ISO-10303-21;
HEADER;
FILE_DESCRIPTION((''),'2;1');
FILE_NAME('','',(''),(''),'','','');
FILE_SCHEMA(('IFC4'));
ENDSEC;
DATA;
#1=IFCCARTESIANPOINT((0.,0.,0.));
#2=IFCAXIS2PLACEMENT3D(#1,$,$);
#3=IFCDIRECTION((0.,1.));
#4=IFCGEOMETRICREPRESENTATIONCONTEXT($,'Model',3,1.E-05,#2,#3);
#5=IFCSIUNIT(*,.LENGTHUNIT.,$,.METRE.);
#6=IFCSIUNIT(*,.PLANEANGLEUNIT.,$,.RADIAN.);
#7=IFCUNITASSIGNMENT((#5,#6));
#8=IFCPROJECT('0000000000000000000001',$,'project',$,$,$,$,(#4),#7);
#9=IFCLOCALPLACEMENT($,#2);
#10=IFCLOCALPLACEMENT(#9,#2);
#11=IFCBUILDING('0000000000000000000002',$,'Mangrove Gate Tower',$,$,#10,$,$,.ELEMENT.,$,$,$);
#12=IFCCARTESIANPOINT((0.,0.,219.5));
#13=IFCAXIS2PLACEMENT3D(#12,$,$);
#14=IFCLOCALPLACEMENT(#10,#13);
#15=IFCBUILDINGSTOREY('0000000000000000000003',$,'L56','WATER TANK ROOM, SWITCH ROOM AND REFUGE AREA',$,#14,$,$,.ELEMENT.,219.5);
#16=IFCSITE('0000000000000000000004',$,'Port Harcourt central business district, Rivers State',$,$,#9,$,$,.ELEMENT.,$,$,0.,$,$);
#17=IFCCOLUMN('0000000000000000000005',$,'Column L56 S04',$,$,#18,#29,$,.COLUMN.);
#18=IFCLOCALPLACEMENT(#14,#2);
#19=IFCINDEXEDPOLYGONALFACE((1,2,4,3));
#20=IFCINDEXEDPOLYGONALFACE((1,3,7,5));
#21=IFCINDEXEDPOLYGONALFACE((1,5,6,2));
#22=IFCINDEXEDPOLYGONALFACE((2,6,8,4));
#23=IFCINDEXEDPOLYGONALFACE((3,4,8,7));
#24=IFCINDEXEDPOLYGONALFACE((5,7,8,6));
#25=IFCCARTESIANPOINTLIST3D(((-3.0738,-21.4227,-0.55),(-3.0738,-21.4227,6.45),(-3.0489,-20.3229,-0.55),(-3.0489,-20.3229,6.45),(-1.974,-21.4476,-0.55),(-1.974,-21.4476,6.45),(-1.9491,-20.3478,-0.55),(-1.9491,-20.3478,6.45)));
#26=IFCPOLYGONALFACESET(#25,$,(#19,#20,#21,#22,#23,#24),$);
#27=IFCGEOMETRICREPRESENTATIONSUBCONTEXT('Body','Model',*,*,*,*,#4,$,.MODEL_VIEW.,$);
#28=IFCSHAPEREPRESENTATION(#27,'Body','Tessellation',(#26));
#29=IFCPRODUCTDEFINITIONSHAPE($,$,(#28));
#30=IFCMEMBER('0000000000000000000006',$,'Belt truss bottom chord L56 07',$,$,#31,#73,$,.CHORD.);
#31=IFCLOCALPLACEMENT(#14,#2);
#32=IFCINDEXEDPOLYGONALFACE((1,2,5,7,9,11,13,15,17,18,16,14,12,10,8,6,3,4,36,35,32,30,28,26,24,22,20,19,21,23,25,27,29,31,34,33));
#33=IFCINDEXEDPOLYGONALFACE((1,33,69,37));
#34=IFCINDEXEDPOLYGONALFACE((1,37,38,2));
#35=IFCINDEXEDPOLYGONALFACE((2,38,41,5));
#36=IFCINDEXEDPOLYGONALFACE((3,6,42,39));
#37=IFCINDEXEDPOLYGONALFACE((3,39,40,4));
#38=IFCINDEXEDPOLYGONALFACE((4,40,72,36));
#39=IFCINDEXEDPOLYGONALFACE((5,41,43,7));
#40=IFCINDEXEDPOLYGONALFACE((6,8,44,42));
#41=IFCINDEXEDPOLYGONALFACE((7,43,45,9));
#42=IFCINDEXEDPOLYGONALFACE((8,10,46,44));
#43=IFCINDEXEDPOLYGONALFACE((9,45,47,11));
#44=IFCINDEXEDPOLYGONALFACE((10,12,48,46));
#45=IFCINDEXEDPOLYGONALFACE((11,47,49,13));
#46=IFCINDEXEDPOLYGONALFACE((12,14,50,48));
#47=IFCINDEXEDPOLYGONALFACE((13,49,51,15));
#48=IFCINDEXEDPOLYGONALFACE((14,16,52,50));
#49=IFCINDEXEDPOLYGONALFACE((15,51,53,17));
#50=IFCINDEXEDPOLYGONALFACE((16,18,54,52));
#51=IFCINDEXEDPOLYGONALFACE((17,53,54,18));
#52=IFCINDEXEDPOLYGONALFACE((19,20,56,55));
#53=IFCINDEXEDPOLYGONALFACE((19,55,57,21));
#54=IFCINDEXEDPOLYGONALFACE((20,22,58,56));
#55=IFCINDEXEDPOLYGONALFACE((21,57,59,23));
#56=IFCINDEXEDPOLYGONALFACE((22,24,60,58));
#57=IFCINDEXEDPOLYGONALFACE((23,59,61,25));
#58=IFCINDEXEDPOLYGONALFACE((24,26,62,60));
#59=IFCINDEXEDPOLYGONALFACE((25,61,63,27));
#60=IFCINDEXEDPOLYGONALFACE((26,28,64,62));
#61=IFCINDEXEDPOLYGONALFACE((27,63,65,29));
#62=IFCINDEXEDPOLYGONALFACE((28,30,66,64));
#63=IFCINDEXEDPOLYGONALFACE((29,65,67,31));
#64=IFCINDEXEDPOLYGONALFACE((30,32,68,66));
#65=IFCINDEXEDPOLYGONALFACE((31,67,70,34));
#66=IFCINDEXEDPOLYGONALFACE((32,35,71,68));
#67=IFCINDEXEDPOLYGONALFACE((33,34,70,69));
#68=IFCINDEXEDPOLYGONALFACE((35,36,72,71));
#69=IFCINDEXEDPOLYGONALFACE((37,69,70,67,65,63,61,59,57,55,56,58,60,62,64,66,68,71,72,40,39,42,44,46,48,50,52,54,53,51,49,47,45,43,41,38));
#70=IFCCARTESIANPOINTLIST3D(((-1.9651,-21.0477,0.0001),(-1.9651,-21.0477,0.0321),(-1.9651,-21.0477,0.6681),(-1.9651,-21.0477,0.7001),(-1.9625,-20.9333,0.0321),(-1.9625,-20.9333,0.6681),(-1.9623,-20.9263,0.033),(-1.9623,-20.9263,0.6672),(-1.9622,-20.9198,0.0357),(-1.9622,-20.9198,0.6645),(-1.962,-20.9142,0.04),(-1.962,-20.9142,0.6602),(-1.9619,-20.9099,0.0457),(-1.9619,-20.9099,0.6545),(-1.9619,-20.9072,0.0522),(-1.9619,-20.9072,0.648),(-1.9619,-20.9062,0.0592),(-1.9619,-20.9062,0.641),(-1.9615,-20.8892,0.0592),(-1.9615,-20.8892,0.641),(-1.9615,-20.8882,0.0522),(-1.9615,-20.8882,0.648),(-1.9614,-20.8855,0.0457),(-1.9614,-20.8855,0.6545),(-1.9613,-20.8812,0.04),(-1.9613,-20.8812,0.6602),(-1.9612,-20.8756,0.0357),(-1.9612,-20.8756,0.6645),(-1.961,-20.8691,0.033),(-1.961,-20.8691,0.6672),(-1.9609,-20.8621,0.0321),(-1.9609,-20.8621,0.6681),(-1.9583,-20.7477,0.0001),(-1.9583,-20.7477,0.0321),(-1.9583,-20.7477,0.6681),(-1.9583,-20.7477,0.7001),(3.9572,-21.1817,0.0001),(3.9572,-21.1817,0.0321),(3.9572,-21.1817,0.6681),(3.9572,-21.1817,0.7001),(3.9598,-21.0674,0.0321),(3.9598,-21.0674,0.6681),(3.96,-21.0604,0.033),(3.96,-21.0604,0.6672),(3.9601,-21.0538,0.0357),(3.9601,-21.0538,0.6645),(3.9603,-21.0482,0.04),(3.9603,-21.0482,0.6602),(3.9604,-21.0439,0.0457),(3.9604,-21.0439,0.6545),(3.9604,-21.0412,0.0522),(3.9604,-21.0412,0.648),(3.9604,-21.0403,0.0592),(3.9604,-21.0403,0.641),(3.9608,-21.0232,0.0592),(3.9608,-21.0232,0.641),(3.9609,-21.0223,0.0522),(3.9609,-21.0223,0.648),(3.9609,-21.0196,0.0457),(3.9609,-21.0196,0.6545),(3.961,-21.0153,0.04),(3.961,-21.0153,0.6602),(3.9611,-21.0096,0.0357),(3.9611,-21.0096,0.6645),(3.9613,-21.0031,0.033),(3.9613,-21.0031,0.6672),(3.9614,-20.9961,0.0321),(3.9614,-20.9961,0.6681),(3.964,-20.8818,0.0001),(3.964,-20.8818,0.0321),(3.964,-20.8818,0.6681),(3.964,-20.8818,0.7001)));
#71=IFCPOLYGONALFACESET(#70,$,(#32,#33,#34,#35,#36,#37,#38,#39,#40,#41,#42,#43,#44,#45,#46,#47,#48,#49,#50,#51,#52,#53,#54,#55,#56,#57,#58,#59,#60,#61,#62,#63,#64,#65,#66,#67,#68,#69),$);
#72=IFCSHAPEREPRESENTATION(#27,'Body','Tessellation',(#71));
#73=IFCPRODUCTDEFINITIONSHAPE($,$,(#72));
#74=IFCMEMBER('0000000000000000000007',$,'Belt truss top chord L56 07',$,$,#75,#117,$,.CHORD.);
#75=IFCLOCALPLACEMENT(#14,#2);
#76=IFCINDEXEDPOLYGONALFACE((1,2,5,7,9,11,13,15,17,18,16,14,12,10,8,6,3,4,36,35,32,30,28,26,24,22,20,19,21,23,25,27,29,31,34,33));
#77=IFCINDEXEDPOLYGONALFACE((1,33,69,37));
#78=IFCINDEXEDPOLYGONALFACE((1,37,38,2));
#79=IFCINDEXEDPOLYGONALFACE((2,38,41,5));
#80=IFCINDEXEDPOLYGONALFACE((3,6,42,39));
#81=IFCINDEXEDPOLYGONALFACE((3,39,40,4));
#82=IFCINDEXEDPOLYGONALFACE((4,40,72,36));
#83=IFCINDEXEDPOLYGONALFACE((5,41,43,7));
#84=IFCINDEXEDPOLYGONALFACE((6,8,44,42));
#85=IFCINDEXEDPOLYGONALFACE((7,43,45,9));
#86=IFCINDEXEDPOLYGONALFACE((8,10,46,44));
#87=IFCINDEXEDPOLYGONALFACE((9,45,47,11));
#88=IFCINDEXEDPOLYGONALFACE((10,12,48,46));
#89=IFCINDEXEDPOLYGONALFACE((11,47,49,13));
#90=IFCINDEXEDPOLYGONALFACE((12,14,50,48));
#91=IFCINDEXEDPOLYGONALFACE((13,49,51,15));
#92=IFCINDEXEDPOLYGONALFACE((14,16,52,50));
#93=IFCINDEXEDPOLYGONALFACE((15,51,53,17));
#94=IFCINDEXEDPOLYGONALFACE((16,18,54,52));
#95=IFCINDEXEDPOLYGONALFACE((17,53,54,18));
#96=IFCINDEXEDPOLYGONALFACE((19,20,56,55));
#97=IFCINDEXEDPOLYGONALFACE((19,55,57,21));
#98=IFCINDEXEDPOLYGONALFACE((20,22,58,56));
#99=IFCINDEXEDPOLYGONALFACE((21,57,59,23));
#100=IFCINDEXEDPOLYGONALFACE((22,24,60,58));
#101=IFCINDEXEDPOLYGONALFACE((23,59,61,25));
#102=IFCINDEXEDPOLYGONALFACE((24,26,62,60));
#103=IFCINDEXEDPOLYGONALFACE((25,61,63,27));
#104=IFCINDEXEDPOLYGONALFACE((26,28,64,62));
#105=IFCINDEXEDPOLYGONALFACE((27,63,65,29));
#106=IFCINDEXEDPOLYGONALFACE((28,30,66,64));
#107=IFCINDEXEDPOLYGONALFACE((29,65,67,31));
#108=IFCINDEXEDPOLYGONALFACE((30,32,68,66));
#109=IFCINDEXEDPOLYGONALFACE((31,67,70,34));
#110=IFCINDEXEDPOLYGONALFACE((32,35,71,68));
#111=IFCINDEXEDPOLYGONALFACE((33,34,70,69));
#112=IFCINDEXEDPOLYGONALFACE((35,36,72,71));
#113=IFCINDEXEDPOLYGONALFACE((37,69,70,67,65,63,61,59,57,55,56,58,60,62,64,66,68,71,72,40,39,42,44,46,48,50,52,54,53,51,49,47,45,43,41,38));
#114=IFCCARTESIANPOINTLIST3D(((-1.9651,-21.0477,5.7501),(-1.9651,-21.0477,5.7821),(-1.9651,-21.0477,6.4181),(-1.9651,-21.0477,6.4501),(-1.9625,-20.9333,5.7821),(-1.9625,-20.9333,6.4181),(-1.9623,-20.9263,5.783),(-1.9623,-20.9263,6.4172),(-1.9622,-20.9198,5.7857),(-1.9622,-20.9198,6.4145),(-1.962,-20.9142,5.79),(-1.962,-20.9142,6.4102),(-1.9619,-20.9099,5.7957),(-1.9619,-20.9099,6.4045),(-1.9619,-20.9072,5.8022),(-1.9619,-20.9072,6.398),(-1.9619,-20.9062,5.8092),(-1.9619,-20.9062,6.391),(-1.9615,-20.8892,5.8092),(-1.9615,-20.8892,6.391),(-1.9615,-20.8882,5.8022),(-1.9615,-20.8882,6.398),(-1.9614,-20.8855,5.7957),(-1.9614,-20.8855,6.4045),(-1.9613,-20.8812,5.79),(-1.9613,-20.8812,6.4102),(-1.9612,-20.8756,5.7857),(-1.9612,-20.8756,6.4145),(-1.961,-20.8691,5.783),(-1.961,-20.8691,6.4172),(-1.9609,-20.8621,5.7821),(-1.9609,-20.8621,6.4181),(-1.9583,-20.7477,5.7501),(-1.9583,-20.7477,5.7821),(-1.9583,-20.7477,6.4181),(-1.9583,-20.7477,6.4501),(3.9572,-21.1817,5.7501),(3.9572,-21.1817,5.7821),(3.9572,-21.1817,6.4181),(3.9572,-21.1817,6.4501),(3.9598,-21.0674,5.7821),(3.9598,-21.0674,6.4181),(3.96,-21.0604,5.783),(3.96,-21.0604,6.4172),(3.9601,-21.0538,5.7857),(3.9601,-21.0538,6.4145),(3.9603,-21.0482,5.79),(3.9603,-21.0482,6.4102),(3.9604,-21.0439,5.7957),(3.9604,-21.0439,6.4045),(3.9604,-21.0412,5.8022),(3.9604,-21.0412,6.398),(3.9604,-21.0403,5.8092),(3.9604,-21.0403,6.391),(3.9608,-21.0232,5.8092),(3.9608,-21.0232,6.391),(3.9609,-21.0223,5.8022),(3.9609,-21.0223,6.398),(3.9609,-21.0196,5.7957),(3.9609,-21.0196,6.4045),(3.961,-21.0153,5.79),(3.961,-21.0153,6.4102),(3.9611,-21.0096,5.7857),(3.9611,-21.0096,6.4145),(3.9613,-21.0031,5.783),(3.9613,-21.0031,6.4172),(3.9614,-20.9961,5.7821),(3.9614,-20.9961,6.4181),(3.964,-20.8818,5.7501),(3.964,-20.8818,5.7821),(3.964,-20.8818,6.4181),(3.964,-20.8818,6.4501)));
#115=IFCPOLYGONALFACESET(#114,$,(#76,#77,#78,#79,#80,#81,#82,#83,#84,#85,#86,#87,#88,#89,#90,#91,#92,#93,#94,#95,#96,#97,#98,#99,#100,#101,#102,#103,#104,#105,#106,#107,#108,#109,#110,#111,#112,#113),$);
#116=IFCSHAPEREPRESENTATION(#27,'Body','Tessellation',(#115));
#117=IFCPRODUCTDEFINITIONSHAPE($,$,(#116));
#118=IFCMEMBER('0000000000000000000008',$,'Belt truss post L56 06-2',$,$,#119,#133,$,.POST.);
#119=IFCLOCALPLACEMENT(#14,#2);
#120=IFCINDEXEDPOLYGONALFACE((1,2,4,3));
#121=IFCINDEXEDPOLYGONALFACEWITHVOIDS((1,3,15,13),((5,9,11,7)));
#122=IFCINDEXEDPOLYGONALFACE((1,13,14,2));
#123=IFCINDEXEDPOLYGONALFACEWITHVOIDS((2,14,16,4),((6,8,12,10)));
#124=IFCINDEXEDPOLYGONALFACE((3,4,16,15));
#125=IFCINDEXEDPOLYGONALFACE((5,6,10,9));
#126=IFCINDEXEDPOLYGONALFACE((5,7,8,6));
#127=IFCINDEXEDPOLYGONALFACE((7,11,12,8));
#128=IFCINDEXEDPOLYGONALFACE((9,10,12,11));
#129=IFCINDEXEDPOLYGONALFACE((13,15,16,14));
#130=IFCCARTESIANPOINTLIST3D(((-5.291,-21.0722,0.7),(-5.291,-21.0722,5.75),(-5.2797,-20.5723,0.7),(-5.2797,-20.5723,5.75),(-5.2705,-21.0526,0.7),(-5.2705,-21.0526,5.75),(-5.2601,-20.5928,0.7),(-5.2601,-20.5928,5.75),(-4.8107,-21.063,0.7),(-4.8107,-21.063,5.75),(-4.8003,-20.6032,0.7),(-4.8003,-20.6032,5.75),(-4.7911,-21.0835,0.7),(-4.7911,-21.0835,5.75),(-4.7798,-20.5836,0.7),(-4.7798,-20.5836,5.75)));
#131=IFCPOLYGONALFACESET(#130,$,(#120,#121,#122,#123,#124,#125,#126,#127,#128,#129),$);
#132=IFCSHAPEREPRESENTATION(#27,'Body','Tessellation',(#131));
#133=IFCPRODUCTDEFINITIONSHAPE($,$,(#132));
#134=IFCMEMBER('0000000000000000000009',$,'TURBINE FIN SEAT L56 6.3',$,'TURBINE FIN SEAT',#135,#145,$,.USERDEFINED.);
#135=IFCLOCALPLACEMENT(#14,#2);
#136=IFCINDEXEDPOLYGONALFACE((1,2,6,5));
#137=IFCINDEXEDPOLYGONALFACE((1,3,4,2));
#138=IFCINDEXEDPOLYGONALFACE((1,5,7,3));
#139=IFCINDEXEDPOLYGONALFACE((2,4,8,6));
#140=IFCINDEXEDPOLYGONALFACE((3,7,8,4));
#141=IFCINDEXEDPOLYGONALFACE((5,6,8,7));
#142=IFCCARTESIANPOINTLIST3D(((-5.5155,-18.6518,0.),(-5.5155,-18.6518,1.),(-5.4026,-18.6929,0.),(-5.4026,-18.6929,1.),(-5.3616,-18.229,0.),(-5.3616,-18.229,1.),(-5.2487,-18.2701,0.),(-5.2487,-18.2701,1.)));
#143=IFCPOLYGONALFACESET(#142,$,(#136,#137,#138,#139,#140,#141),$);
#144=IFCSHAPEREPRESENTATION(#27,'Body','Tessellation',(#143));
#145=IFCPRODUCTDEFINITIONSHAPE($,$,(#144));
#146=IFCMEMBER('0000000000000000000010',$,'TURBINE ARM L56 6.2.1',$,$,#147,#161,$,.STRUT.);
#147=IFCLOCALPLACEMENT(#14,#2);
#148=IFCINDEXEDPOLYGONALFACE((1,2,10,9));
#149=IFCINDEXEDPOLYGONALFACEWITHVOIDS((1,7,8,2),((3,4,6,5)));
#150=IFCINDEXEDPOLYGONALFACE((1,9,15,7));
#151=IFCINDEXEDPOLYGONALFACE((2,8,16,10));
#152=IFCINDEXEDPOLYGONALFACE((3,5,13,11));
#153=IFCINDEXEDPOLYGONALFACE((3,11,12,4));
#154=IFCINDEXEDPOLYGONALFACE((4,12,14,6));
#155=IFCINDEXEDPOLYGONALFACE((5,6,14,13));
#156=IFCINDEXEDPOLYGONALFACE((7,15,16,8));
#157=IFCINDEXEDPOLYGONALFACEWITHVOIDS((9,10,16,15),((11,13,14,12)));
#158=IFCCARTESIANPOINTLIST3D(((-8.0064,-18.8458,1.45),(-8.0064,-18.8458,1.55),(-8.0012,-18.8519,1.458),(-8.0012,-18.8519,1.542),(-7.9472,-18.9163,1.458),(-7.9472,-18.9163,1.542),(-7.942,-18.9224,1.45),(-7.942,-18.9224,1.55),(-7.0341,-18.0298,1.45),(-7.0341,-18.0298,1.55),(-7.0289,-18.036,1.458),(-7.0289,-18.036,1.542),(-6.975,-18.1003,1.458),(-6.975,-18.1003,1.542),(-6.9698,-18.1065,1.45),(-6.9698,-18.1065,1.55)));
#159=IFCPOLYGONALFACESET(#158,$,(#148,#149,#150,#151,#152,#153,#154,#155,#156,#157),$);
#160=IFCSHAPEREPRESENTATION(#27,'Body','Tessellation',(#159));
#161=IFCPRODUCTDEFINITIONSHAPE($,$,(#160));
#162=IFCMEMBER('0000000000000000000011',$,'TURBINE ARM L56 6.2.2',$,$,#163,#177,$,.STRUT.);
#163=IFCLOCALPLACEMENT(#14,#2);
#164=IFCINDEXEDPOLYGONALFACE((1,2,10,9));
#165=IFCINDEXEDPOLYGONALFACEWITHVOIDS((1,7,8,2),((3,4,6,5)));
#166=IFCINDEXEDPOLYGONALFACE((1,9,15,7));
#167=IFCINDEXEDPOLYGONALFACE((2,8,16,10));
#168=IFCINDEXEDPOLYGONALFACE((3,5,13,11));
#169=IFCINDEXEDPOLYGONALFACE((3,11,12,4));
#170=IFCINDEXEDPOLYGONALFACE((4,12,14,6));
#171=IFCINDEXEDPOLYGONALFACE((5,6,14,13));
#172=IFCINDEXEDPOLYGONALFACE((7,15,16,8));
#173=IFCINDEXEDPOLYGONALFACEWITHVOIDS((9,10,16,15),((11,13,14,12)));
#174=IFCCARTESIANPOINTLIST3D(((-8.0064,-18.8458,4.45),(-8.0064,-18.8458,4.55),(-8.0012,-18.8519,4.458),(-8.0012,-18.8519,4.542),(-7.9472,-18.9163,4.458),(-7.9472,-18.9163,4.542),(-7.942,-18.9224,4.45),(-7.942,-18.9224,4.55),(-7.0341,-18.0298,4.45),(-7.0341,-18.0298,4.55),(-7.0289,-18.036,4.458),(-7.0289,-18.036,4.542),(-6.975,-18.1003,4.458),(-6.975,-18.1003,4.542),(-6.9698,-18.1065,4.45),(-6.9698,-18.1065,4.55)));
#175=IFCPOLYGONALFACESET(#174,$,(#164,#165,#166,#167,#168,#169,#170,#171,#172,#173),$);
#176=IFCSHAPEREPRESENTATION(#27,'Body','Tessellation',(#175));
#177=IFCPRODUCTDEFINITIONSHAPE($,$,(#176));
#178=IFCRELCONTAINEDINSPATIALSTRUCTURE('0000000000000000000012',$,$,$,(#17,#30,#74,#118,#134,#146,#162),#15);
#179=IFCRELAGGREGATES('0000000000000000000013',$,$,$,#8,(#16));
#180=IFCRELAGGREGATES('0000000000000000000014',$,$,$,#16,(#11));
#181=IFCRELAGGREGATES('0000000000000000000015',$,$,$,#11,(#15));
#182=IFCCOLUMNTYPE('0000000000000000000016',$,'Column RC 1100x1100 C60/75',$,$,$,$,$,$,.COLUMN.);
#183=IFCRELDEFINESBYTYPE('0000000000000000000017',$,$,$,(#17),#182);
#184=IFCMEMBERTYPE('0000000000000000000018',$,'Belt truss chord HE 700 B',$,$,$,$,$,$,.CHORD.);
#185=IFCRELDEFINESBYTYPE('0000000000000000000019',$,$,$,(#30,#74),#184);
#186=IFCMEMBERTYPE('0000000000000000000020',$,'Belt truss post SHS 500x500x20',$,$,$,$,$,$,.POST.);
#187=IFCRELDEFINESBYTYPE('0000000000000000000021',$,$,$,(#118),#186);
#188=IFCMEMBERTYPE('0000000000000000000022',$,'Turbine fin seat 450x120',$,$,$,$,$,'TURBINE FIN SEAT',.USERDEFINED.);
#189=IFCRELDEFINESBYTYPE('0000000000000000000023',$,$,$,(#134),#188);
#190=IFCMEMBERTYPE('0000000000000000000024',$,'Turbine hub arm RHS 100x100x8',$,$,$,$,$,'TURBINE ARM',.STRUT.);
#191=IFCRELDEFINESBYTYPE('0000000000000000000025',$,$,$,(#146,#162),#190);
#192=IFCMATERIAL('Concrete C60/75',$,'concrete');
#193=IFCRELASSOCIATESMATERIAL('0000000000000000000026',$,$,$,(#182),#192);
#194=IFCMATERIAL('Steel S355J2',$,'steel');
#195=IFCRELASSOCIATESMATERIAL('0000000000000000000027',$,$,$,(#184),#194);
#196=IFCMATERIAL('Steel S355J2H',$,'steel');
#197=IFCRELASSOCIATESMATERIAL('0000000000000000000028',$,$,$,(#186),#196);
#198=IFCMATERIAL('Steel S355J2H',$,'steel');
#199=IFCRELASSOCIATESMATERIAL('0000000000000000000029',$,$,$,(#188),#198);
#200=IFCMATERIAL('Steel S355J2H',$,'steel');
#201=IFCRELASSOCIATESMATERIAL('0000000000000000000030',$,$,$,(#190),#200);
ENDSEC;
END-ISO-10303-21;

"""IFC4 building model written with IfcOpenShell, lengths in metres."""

from ifc_helpers import new_model, si_unit, direction, frame, origin, origin_2d, place, context, subcontext, project, spatial, rectangle, hollow_rectangle, i_section, extrude, material, material_profile, profile_set, type_object, element, save


model = new_model("IFC4")

# Units and contexts
model_context = context("Model", 3, precision=1e-05, world=origin(), true_north=direction((0.0, 1.0)))
body_context = subcontext(model_context, "Body", "Model", "MODEL_VIEW")
ifc_project = project(units=[si_unit("LENGTHUNIT", "METRE"), si_unit("PLANEANGLEUNIT", "RADIAN")], contexts=[model_context])

# Site, building, storey
site_placement = place(None, origin())
site = spatial("IfcSite", under=ifc_project, at=site_placement, Name="Port Harcourt central business district, Rivers State", CompositionType="ELEMENT", RefElevation=0.0)
building_placement = place(site_placement, origin())
building = spatial("IfcBuilding", under=site, at=building_placement, Name="Mangrove Gate Tower", CompositionType="ELEMENT")
storey_placement = place(building_placement, frame((0.0, 0.0, 219.5)))
storey = spatial("IfcBuildingStorey", under=building, at=storey_placement, Name="L56", Description="WATER TANK ROOM, SWITCH ROOM AND REFUGE AREA", CompositionType="ELEMENT", Elevation=219.5)

# Column
ifc_material_1 = material(Name="Concrete C60/75", Category="concrete")
ifc_material_profile_1 = material_profile(ifc_material_1, rectangle(XDim=1.1001, YDim=1.1001, at=origin_2d()))
ifc_profile_set_1 = profile_set([ifc_material_profile_1], Name="Concrete C60/75")
column_type = type_object("IfcColumnType", Name="Column RC 1100x1100 C60/75", PredefinedType="COLUMN", material=ifc_profile_set_1)
column_placement = place(storey_placement, frame((-2.5115, -20.8853, -0.55), z_axis=(0.0, 0.0, 1.0), x_axis=(0.999744, -0.022637, 0.0)))
element("IfcColumn", 1, at=column_placement, inside=storey, type_object=column_type, Name="Column L56 S04", PredefinedType="COLUMN", context=body_context, shape_type="SweptSolid", body=[
    extrude(rectangle(XDim=1.1001, YDim=1.1001, at=origin_2d()), origin(), (0.0, 0.0, 1.0), 7.0),
])

# Members
ifc_material_2 = material(Name="Steel S355J2", Category="steel")
ifc_material_profile_2 = material_profile(ifc_material_2, i_section(OverallWidth=0.3, OverallDepth=0.7, WebThickness=0.0171, FlangeThickness=0.032, FilletRadius=0.0271, at=origin_2d()))
ifc_profile_set_2 = profile_set([ifc_material_profile_2], Name="Steel S355J2")
member_type_1 = type_object("IfcMemberType", Name="Belt truss chord HE 700 B", PredefinedType="CHORD", material=ifc_profile_set_2)
for number, where, z_axis, x_axis, name in (
    (2, (-1.9617, -20.8977, 0.3501), (0.999744, -0.022626, 0.0), (0.022626, 0.999744, 0.0), "Belt truss bottom chord L56 07"),
    (3, (-1.9617, -20.8977, 6.1001), (0.999744, -0.022626, 0.0), (0.022626, 0.999744, 0.0), "Belt truss top chord L56 07"),
):
    element("IfcMember", number, at=place(storey_placement, frame(where, z_axis=z_axis, x_axis=x_axis)), inside=storey, type_object=member_type_1, Name=name, PredefinedType="CHORD", context=body_context, shape_type="SweptSolid", body=[
        extrude(i_section(OverallWidth=0.3, OverallDepth=0.7, WebThickness=0.0171, FlangeThickness=0.032, FilletRadius=0.0271, at=origin_2d()), origin(), (0.0, 0.0, 1.0), 5.9238),
    ])
ifc_material_3 = material(Name="Steel S355J2H", Category="steel")
ifc_material_profile_3 = material_profile(ifc_material_3, hollow_rectangle(XDim=0.5, YDim=0.5, WallThickness=0.02, at=origin_2d()))
ifc_profile_set_3 = profile_set([ifc_material_profile_3], Name="Steel S355J2H")
member_type_2 = type_object("IfcMemberType", Name="Belt truss post SHS 500x500x20", PredefinedType="POST", material=ifc_profile_set_3)
member_1_placement = place(storey_placement, frame((-5.0354, -20.8279, 0.7), z_axis=(0.0, 0.0, 1.0), x_axis=(0.999744, -0.022637, 0.0)))
element("IfcMember", 4, at=member_1_placement, inside=storey, type_object=member_type_2, Name="Belt truss post L56 06-2", PredefinedType="POST", context=body_context, shape_type="SweptSolid", body=[
    extrude(hollow_rectangle(XDim=0.5, YDim=0.5, WallThickness=0.02, at=origin_2d()), origin(), (0.0, 0.0, 1.0), 5.05),
])
ifc_material_4 = material(Name="Steel S355J2H", Category="steel")
ifc_material_profile_4 = material_profile(ifc_material_4, rectangle(XDim=0.45, YDim=0.1201, at=origin_2d()))
ifc_profile_set_4 = profile_set([ifc_material_profile_4], Name="Steel S355J2H")
member_type_3 = type_object("IfcMemberType", Name="Turbine fin seat 450x120", ElementType="TURBINE FIN SEAT", PredefinedType="USERDEFINED", material=ifc_profile_set_4)
member_2_placement = place(storey_placement, frame((-5.3821, -18.4609, 0.0), z_axis=(0.0, 0.0, 1.0), x_axis=(0.34202, 0.939693, 0.0)))
element("IfcMember", 5, at=member_2_placement, inside=storey, type_object=member_type_3, Name="TURBINE FIN SEAT L56 6.3", ObjectType="TURBINE FIN SEAT", PredefinedType="USERDEFINED", context=body_context, shape_type="SweptSolid", body=[
    extrude(rectangle(XDim=0.45, YDim=0.1201, at=origin_2d()), origin(), (0.0, 0.0, 1.0), 1.0),
])
ifc_material_5 = material(Name="Steel S355J2H", Category="steel")
ifc_material_profile_5 = material_profile(ifc_material_5, hollow_rectangle(XDim=0.1001, YDim=0.1001, WallThickness=0.0081, at=origin_2d()))
ifc_profile_set_5 = profile_set([ifc_material_profile_5], Name="Steel S355J2H")
member_type_4 = type_object("IfcMemberType", Name="Turbine hub arm RHS 100x100x8", ElementType="TURBINE ARM", PredefinedType="STRUT", material=ifc_profile_set_5)
for number, where, z_axis, x_axis, name in (
    (6, (-7.002, -18.0681, 1.5), (-0.765978, -0.642867, 0.0), (0.642867, -0.765978, 0.0), "TURBINE ARM L56 6.2.1"),
    (7, (-7.002, -18.0681, 4.5), (-0.765978, -0.642867, 0.0), (0.642867, -0.765978, 0.0), "TURBINE ARM L56 6.2.2"),
):
    element("IfcMember", number, at=place(storey_placement, frame(where, z_axis=z_axis, x_axis=x_axis)), inside=storey, type_object=member_type_4, Name=name, PredefinedType="STRUT", context=body_context, shape_type="SweptSolid", body=[
        extrude(hollow_rectangle(XDim=0.1001, YDim=0.1001, WallThickness=0.0081, at=origin_2d()), origin(), (0.0, 0.0, 1.0), 1.2693),
    ])

save(model, "model.ifc")
